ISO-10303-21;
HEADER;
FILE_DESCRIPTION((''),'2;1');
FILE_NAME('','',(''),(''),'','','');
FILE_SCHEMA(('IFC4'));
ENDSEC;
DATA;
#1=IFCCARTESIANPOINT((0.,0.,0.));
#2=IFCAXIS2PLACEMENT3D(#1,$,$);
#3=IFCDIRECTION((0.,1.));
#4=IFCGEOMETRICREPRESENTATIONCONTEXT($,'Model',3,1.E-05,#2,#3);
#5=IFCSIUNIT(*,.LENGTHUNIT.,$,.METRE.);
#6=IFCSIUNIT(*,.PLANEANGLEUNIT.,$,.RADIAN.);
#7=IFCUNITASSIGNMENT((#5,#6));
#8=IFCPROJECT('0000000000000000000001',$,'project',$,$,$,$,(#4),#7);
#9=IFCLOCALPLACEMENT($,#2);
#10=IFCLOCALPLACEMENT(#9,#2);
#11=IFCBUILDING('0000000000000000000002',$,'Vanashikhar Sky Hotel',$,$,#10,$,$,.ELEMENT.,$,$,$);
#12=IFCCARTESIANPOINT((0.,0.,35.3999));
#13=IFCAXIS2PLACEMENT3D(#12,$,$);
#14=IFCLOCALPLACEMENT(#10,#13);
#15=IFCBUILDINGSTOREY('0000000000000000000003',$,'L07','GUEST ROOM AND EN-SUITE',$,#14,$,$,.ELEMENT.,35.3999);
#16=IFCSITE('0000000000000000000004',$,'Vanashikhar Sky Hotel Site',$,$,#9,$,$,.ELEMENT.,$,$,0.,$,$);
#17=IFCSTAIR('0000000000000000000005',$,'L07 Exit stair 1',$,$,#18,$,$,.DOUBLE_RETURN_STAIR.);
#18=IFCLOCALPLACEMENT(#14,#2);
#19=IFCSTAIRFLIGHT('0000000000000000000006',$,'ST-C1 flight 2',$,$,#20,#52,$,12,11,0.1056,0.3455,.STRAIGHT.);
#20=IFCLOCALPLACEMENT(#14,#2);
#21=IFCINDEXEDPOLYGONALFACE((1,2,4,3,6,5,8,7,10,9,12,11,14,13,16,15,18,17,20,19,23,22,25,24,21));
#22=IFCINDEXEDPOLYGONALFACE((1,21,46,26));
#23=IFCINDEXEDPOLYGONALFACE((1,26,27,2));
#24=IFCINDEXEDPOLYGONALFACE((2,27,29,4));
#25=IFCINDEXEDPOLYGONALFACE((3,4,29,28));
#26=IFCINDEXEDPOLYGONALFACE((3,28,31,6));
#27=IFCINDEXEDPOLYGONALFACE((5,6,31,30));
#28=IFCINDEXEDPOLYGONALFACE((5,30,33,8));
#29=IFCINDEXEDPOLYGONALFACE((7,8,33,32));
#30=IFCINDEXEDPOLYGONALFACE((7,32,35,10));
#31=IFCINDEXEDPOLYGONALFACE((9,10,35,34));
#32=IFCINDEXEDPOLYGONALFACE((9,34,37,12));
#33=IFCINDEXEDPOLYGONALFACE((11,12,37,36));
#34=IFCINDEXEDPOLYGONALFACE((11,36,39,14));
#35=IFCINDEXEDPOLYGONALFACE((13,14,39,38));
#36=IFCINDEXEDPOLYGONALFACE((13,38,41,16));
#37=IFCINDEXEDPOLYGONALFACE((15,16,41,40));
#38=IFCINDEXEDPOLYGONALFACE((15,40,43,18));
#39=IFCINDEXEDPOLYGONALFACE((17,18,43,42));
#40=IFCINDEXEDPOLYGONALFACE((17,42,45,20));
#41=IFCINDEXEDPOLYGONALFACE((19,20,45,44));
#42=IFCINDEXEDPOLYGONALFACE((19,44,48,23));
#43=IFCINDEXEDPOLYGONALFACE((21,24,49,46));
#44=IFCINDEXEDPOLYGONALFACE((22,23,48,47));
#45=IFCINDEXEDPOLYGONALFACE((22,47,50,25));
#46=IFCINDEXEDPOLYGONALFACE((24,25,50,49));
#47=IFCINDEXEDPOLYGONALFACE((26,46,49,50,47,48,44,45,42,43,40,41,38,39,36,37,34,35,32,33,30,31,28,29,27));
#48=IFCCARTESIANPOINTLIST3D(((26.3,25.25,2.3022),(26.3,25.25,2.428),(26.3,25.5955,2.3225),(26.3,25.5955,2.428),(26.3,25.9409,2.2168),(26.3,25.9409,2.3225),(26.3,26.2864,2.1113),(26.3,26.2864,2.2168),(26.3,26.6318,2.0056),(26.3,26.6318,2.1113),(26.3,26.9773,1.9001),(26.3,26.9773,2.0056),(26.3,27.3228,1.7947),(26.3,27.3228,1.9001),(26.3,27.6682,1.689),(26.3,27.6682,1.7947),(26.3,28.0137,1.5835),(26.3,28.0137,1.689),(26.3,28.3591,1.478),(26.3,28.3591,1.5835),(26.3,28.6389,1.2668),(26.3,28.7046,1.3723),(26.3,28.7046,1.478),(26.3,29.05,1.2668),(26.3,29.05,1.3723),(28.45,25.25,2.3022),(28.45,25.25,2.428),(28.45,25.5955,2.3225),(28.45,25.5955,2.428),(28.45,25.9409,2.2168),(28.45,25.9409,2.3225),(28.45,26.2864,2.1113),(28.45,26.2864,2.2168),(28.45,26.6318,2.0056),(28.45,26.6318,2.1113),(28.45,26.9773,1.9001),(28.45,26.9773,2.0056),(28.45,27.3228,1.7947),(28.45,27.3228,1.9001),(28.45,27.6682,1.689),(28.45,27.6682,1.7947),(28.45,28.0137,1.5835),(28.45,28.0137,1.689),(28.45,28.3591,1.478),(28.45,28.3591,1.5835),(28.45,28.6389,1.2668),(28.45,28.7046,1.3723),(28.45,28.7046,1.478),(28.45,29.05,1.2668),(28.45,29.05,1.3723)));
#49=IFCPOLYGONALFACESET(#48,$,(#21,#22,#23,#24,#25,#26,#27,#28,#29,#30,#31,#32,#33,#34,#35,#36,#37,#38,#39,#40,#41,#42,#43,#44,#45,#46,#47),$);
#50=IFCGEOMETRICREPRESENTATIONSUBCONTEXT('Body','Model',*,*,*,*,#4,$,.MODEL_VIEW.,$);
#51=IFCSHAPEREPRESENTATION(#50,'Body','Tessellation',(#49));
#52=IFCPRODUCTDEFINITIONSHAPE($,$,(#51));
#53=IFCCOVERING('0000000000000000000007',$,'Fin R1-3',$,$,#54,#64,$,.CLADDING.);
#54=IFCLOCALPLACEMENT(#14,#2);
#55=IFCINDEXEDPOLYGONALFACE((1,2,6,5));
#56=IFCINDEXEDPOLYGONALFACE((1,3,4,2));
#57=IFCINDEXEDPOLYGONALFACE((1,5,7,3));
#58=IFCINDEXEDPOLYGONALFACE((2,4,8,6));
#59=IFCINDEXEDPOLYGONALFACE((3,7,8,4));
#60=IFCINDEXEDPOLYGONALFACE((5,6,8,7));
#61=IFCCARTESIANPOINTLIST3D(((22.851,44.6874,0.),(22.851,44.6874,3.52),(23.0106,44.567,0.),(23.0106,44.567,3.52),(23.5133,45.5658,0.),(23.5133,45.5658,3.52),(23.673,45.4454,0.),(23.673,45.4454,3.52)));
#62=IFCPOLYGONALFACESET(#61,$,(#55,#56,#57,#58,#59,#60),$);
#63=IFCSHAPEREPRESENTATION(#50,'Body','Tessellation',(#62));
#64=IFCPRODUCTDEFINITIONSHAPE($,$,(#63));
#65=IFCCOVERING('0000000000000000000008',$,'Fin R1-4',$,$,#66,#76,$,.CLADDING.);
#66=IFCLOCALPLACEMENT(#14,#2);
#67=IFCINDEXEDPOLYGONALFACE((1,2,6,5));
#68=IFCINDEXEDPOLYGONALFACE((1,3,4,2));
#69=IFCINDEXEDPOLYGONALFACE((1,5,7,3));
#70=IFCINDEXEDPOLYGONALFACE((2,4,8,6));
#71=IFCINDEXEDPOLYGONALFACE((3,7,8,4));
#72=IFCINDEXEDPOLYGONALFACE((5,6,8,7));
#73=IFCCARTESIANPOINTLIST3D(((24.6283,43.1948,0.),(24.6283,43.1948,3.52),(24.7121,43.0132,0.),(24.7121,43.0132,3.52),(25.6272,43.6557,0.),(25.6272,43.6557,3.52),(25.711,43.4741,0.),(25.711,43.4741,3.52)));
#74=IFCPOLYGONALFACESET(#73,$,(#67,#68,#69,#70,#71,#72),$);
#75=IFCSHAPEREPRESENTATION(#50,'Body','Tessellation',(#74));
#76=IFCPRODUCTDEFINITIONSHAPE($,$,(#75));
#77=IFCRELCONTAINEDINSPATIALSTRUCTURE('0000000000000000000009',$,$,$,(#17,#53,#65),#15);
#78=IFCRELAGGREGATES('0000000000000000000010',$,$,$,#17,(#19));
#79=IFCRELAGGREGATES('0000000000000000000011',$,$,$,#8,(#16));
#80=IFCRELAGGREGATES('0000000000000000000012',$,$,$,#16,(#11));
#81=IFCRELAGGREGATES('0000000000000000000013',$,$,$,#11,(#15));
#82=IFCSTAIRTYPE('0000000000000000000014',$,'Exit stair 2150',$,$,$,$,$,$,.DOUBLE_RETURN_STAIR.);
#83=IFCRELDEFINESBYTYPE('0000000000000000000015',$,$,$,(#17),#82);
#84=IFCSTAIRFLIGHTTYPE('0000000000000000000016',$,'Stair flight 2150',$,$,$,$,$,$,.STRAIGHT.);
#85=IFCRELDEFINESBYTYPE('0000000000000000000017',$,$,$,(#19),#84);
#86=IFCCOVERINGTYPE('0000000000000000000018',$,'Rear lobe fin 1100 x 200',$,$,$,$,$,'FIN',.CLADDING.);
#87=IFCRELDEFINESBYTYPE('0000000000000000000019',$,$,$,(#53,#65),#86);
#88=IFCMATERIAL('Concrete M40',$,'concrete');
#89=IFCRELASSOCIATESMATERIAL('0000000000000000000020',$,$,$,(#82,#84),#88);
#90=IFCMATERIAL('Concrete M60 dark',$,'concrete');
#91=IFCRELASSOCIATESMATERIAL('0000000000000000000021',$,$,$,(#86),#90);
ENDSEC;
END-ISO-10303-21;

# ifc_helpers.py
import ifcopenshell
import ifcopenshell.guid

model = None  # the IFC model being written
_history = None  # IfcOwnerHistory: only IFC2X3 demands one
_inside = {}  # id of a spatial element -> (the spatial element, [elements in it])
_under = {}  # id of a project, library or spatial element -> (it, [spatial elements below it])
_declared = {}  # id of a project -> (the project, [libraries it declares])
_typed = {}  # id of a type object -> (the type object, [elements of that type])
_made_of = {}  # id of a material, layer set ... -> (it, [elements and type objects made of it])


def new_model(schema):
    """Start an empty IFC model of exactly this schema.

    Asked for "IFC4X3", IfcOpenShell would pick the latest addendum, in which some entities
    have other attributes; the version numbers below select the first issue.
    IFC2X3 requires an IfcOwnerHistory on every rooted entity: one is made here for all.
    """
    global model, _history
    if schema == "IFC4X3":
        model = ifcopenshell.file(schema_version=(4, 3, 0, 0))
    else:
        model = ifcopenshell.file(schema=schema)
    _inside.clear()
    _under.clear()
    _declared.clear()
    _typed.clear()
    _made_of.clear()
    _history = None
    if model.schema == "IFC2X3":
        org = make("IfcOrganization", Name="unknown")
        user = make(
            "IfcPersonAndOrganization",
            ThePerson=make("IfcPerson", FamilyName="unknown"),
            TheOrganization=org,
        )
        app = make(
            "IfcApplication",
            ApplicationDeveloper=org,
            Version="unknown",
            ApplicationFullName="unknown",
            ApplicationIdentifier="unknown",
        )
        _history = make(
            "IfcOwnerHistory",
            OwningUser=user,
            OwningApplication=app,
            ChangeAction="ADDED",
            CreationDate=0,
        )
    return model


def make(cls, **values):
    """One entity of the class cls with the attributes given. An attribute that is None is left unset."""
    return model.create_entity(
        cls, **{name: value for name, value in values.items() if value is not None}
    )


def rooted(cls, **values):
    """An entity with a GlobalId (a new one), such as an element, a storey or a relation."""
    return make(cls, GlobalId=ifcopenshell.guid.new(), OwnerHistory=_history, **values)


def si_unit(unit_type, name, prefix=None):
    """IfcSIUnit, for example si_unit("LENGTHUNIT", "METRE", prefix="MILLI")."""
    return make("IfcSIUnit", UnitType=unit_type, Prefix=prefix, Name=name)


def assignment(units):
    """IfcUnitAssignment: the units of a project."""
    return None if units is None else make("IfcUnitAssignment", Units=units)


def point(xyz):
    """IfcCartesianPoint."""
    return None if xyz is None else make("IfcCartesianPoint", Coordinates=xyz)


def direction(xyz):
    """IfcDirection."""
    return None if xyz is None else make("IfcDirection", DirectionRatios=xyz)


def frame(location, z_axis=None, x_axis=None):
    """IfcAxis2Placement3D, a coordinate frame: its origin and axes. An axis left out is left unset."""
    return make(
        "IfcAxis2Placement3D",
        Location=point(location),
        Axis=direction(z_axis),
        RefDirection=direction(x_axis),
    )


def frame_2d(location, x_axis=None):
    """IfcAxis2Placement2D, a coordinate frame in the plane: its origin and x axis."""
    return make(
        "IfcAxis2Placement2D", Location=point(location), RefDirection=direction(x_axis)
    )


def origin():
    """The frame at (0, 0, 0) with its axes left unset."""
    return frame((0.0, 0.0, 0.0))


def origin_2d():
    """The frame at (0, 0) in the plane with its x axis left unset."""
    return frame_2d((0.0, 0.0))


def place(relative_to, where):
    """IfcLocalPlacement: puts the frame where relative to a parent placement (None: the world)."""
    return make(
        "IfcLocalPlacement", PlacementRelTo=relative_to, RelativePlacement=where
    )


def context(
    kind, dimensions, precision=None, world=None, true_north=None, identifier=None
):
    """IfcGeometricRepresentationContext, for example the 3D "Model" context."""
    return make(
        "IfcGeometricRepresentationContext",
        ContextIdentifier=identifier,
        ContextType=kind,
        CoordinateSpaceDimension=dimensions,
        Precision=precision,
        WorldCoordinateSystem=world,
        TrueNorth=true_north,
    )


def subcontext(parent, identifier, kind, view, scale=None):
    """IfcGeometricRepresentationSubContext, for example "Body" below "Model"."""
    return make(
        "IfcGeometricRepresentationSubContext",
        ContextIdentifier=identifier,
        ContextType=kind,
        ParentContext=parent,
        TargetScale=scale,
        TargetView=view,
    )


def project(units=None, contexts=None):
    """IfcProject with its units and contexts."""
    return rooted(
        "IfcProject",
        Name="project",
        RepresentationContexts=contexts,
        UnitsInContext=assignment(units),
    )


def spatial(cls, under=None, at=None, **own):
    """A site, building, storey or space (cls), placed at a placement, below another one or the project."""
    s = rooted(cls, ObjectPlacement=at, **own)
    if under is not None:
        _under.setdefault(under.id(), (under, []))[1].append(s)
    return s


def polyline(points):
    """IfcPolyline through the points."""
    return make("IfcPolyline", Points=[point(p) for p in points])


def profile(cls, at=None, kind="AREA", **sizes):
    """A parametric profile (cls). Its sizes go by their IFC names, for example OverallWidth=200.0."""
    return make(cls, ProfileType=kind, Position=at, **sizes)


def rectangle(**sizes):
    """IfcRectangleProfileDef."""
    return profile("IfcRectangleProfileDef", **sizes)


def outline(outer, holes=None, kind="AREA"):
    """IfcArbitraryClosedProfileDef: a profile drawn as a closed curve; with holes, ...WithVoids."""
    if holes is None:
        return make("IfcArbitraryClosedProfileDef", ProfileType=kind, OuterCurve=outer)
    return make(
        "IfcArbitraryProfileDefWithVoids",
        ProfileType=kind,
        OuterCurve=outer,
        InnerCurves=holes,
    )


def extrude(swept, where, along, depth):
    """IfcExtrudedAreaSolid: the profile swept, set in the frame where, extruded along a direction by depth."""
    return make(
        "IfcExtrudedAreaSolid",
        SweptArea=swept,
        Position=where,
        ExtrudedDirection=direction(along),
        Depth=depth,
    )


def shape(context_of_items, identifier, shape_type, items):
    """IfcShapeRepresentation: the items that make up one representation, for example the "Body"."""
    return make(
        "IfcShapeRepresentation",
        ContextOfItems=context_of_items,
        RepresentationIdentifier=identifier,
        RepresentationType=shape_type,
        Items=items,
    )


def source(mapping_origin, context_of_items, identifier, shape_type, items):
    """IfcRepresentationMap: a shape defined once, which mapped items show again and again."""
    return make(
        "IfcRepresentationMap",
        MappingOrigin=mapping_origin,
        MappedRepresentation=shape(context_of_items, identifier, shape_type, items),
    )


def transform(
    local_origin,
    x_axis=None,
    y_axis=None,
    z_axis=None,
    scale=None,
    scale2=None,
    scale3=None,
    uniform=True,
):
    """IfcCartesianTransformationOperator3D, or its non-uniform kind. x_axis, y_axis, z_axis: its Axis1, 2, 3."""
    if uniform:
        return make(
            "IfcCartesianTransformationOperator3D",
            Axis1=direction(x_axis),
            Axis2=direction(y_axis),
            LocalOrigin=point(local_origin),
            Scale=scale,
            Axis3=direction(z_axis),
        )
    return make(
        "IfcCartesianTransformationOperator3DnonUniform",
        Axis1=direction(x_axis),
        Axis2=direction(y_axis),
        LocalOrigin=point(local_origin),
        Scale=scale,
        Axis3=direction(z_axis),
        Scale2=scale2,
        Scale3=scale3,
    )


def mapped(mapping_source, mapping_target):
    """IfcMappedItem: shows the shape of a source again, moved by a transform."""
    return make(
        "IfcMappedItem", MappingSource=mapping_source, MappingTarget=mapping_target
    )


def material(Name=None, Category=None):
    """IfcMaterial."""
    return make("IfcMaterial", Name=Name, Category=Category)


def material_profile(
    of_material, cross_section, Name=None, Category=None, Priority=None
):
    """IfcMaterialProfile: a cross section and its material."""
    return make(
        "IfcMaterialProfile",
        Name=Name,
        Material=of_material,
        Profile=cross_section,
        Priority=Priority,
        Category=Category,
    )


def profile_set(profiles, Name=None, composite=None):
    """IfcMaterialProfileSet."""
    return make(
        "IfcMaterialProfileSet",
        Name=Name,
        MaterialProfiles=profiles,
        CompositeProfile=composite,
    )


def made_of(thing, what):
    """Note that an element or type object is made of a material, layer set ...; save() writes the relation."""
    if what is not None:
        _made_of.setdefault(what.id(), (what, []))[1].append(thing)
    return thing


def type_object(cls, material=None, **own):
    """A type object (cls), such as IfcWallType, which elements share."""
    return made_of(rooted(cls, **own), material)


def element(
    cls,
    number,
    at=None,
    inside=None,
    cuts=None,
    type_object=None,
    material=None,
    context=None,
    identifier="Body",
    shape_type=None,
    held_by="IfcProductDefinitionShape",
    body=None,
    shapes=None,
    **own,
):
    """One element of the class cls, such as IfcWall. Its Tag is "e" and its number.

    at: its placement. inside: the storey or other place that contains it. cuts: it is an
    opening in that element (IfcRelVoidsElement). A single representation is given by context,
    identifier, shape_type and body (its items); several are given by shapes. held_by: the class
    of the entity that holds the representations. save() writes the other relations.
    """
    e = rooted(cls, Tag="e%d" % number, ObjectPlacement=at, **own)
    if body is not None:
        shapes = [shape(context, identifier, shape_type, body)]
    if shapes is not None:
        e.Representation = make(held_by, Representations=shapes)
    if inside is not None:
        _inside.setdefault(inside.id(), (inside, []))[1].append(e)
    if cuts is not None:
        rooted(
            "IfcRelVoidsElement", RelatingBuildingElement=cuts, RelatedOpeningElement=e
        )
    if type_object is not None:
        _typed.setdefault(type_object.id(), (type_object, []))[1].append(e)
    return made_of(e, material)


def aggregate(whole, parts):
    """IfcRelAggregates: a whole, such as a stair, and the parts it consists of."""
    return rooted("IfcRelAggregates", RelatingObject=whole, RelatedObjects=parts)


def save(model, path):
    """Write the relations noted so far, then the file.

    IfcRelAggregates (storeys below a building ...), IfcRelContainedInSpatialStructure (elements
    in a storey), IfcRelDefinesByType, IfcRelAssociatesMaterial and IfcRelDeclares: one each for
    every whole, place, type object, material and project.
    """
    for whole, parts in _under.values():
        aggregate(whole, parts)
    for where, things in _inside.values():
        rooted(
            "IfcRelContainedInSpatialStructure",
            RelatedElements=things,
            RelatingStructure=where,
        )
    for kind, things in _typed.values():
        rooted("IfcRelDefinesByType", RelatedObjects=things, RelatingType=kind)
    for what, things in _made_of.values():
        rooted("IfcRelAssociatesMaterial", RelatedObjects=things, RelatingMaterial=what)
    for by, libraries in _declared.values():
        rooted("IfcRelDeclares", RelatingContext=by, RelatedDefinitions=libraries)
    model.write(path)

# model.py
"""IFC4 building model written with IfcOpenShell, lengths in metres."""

from ifc_helpers import new_model, si_unit, direction, frame, origin, origin_2d, place, context, subcontext, project, spatial, polyline, rectangle, outline, extrude, source, transform, mapped, material, material_profile, profile_set, type_object, element, aggregate, save


model = new_model("IFC4")

# Units and contexts
model_context = context("Model", 3, precision=1e-05, world=origin(), true_north=direction((0.0, 1.0)))
body_context = subcontext(model_context, "Body", "Model", "MODEL_VIEW")
ifc_project = project(units=[si_unit("LENGTHUNIT", "METRE"), si_unit("PLANEANGLEUNIT", "RADIAN")], contexts=[model_context])

# Site, building, storey
site_placement = place(None, origin())
site = spatial("IfcSite", under=ifc_project, at=site_placement, Name="Vanashikhar Sky Hotel Site", CompositionType="ELEMENT", RefElevation=0.0)
building_placement = place(site_placement, origin())
building = spatial("IfcBuilding", under=site, at=building_placement, Name="Vanashikhar Sky Hotel", CompositionType="ELEMENT")
storey_placement = place(building_placement, frame((0.0, 0.0, 35.3999)))
storey = spatial("IfcBuildingStorey", under=building, at=storey_placement, Name="L07", Description="GUEST ROOM AND EN-SUITE", CompositionType="ELEMENT", Elevation=35.3999)

# Stair, stair flight
ifc_material_1 = material(Name="Concrete M40", Category="concrete")
stair_type = type_object("IfcStairType", Name="Exit stair 2150", PredefinedType="DOUBLE_RETURN_STAIR", material=ifc_material_1)
stair_placement = place(storey_placement, origin())
stair = element("IfcStair", 1, at=stair_placement, inside=storey, type_object=stair_type, Name="L07 Exit stair 1", PredefinedType="DOUBLE_RETURN_STAIR")
stair_flight_type = type_object("IfcStairFlightType", Name="Stair flight 2150", PredefinedType="STRAIGHT", material=ifc_material_1)
shared_shape_1 = source(origin(), body_context, "Body", "SweptSolid", [
    extrude(outline(polyline([(0.0, 0.0), (0.0, 0.1055), (0.3455, 0.1055), (0.3455, 0.2112), (0.6909, 0.2112), (0.6909, 0.3167), (1.0364, 0.3167), (1.0364, 0.4221), (1.3818, 0.4221), (1.3818, 0.5278), (1.7273, 0.5278), (1.7273, 0.6333), (2.0728, 0.6333), (2.0728, 0.7388), (2.4182, 0.7388), (2.4182, 0.8445), (2.7637, 0.8445), (2.7637, 0.95), (3.1091, 0.95), (3.1091, 1.0557), (3.4546, 1.0557), (3.4546, 1.1611), (3.8, 1.1611), (3.8, 1.2666), (3.8, 1.0354), (0.4111, 0.0), (0.0, 0.0)])), frame((0.0, 1.075, 0.0), z_axis=(0.0, -1.0, 0.0), x_axis=(1.0, 0.0, 0.0)), (0.0, 0.0, 1.0), 2.1499),
])
stair_flight_placement = place(storey_placement, frame((27.375, 29.05, 1.2668), z_axis=(0.0, 0.0, 1.0), x_axis=(0.0, -1.0, 0.0)))
stair_flight = element("IfcStairFlight", 2, at=stair_flight_placement, type_object=stair_flight_type, Name="ST-C1 flight 2", NumberOfRisers=12, NumberOfTreads=11, PredefinedType="STRAIGHT", RiserHeight=0.1056, TreadLength=0.3455, context=body_context, shape_type="MappedRepresentation", body=[
    mapped(shared_shape_1, transform((0.0, 0.0, 0.0), scale=1.0)),
])
aggregate(stair, [stair_flight])

# Coverings
ifc_material_2 = material(Name="Concrete M60 dark", Category="concrete")
ifc_material_profile = material_profile(ifc_material_2, rectangle(XDim=1.1001, YDim=0.2, at=origin_2d()))
ifc_profile_set = profile_set([ifc_material_profile], Name="Rear lobe fin 1100 x 200")
covering_type = type_object("IfcCoveringType", Name="Rear lobe fin 1100 x 200", ElementType="FIN", PredefinedType="CLADDING", material=ifc_profile_set)
shared_shape_2 = source(origin(), body_context, "Body", "SweptSolid", [
    extrude(rectangle(XDim=1.1001, YDim=0.2, at=origin_2d()), origin(), (0.0, 0.0, 1.0), 3.52),
])
for number, where, z_axis, x_axis, name in (
    (3, (23.262, 45.0664, 0.0), (0.0, 0.0, 1.0), (0.602066, 0.798446, 0.0), "Fin R1-3"),
    (4, (25.1697, 43.3345, 0.0), (0.0, 0.0, 1.0), (0.908004, 0.418961, 0.0), "Fin R1-4"),
):
    element("IfcCovering", number, at=place(storey_placement, frame(where, z_axis=z_axis, x_axis=x_axis)), inside=storey, type_object=covering_type, Name=name, PredefinedType="CLADDING", context=body_context, shape_type="MappedRepresentation", body=[
        mapped(shared_shape_2, transform((0.0, 0.0, 0.0), scale=1.0)),
    ])

save(model, "model.ifc")
